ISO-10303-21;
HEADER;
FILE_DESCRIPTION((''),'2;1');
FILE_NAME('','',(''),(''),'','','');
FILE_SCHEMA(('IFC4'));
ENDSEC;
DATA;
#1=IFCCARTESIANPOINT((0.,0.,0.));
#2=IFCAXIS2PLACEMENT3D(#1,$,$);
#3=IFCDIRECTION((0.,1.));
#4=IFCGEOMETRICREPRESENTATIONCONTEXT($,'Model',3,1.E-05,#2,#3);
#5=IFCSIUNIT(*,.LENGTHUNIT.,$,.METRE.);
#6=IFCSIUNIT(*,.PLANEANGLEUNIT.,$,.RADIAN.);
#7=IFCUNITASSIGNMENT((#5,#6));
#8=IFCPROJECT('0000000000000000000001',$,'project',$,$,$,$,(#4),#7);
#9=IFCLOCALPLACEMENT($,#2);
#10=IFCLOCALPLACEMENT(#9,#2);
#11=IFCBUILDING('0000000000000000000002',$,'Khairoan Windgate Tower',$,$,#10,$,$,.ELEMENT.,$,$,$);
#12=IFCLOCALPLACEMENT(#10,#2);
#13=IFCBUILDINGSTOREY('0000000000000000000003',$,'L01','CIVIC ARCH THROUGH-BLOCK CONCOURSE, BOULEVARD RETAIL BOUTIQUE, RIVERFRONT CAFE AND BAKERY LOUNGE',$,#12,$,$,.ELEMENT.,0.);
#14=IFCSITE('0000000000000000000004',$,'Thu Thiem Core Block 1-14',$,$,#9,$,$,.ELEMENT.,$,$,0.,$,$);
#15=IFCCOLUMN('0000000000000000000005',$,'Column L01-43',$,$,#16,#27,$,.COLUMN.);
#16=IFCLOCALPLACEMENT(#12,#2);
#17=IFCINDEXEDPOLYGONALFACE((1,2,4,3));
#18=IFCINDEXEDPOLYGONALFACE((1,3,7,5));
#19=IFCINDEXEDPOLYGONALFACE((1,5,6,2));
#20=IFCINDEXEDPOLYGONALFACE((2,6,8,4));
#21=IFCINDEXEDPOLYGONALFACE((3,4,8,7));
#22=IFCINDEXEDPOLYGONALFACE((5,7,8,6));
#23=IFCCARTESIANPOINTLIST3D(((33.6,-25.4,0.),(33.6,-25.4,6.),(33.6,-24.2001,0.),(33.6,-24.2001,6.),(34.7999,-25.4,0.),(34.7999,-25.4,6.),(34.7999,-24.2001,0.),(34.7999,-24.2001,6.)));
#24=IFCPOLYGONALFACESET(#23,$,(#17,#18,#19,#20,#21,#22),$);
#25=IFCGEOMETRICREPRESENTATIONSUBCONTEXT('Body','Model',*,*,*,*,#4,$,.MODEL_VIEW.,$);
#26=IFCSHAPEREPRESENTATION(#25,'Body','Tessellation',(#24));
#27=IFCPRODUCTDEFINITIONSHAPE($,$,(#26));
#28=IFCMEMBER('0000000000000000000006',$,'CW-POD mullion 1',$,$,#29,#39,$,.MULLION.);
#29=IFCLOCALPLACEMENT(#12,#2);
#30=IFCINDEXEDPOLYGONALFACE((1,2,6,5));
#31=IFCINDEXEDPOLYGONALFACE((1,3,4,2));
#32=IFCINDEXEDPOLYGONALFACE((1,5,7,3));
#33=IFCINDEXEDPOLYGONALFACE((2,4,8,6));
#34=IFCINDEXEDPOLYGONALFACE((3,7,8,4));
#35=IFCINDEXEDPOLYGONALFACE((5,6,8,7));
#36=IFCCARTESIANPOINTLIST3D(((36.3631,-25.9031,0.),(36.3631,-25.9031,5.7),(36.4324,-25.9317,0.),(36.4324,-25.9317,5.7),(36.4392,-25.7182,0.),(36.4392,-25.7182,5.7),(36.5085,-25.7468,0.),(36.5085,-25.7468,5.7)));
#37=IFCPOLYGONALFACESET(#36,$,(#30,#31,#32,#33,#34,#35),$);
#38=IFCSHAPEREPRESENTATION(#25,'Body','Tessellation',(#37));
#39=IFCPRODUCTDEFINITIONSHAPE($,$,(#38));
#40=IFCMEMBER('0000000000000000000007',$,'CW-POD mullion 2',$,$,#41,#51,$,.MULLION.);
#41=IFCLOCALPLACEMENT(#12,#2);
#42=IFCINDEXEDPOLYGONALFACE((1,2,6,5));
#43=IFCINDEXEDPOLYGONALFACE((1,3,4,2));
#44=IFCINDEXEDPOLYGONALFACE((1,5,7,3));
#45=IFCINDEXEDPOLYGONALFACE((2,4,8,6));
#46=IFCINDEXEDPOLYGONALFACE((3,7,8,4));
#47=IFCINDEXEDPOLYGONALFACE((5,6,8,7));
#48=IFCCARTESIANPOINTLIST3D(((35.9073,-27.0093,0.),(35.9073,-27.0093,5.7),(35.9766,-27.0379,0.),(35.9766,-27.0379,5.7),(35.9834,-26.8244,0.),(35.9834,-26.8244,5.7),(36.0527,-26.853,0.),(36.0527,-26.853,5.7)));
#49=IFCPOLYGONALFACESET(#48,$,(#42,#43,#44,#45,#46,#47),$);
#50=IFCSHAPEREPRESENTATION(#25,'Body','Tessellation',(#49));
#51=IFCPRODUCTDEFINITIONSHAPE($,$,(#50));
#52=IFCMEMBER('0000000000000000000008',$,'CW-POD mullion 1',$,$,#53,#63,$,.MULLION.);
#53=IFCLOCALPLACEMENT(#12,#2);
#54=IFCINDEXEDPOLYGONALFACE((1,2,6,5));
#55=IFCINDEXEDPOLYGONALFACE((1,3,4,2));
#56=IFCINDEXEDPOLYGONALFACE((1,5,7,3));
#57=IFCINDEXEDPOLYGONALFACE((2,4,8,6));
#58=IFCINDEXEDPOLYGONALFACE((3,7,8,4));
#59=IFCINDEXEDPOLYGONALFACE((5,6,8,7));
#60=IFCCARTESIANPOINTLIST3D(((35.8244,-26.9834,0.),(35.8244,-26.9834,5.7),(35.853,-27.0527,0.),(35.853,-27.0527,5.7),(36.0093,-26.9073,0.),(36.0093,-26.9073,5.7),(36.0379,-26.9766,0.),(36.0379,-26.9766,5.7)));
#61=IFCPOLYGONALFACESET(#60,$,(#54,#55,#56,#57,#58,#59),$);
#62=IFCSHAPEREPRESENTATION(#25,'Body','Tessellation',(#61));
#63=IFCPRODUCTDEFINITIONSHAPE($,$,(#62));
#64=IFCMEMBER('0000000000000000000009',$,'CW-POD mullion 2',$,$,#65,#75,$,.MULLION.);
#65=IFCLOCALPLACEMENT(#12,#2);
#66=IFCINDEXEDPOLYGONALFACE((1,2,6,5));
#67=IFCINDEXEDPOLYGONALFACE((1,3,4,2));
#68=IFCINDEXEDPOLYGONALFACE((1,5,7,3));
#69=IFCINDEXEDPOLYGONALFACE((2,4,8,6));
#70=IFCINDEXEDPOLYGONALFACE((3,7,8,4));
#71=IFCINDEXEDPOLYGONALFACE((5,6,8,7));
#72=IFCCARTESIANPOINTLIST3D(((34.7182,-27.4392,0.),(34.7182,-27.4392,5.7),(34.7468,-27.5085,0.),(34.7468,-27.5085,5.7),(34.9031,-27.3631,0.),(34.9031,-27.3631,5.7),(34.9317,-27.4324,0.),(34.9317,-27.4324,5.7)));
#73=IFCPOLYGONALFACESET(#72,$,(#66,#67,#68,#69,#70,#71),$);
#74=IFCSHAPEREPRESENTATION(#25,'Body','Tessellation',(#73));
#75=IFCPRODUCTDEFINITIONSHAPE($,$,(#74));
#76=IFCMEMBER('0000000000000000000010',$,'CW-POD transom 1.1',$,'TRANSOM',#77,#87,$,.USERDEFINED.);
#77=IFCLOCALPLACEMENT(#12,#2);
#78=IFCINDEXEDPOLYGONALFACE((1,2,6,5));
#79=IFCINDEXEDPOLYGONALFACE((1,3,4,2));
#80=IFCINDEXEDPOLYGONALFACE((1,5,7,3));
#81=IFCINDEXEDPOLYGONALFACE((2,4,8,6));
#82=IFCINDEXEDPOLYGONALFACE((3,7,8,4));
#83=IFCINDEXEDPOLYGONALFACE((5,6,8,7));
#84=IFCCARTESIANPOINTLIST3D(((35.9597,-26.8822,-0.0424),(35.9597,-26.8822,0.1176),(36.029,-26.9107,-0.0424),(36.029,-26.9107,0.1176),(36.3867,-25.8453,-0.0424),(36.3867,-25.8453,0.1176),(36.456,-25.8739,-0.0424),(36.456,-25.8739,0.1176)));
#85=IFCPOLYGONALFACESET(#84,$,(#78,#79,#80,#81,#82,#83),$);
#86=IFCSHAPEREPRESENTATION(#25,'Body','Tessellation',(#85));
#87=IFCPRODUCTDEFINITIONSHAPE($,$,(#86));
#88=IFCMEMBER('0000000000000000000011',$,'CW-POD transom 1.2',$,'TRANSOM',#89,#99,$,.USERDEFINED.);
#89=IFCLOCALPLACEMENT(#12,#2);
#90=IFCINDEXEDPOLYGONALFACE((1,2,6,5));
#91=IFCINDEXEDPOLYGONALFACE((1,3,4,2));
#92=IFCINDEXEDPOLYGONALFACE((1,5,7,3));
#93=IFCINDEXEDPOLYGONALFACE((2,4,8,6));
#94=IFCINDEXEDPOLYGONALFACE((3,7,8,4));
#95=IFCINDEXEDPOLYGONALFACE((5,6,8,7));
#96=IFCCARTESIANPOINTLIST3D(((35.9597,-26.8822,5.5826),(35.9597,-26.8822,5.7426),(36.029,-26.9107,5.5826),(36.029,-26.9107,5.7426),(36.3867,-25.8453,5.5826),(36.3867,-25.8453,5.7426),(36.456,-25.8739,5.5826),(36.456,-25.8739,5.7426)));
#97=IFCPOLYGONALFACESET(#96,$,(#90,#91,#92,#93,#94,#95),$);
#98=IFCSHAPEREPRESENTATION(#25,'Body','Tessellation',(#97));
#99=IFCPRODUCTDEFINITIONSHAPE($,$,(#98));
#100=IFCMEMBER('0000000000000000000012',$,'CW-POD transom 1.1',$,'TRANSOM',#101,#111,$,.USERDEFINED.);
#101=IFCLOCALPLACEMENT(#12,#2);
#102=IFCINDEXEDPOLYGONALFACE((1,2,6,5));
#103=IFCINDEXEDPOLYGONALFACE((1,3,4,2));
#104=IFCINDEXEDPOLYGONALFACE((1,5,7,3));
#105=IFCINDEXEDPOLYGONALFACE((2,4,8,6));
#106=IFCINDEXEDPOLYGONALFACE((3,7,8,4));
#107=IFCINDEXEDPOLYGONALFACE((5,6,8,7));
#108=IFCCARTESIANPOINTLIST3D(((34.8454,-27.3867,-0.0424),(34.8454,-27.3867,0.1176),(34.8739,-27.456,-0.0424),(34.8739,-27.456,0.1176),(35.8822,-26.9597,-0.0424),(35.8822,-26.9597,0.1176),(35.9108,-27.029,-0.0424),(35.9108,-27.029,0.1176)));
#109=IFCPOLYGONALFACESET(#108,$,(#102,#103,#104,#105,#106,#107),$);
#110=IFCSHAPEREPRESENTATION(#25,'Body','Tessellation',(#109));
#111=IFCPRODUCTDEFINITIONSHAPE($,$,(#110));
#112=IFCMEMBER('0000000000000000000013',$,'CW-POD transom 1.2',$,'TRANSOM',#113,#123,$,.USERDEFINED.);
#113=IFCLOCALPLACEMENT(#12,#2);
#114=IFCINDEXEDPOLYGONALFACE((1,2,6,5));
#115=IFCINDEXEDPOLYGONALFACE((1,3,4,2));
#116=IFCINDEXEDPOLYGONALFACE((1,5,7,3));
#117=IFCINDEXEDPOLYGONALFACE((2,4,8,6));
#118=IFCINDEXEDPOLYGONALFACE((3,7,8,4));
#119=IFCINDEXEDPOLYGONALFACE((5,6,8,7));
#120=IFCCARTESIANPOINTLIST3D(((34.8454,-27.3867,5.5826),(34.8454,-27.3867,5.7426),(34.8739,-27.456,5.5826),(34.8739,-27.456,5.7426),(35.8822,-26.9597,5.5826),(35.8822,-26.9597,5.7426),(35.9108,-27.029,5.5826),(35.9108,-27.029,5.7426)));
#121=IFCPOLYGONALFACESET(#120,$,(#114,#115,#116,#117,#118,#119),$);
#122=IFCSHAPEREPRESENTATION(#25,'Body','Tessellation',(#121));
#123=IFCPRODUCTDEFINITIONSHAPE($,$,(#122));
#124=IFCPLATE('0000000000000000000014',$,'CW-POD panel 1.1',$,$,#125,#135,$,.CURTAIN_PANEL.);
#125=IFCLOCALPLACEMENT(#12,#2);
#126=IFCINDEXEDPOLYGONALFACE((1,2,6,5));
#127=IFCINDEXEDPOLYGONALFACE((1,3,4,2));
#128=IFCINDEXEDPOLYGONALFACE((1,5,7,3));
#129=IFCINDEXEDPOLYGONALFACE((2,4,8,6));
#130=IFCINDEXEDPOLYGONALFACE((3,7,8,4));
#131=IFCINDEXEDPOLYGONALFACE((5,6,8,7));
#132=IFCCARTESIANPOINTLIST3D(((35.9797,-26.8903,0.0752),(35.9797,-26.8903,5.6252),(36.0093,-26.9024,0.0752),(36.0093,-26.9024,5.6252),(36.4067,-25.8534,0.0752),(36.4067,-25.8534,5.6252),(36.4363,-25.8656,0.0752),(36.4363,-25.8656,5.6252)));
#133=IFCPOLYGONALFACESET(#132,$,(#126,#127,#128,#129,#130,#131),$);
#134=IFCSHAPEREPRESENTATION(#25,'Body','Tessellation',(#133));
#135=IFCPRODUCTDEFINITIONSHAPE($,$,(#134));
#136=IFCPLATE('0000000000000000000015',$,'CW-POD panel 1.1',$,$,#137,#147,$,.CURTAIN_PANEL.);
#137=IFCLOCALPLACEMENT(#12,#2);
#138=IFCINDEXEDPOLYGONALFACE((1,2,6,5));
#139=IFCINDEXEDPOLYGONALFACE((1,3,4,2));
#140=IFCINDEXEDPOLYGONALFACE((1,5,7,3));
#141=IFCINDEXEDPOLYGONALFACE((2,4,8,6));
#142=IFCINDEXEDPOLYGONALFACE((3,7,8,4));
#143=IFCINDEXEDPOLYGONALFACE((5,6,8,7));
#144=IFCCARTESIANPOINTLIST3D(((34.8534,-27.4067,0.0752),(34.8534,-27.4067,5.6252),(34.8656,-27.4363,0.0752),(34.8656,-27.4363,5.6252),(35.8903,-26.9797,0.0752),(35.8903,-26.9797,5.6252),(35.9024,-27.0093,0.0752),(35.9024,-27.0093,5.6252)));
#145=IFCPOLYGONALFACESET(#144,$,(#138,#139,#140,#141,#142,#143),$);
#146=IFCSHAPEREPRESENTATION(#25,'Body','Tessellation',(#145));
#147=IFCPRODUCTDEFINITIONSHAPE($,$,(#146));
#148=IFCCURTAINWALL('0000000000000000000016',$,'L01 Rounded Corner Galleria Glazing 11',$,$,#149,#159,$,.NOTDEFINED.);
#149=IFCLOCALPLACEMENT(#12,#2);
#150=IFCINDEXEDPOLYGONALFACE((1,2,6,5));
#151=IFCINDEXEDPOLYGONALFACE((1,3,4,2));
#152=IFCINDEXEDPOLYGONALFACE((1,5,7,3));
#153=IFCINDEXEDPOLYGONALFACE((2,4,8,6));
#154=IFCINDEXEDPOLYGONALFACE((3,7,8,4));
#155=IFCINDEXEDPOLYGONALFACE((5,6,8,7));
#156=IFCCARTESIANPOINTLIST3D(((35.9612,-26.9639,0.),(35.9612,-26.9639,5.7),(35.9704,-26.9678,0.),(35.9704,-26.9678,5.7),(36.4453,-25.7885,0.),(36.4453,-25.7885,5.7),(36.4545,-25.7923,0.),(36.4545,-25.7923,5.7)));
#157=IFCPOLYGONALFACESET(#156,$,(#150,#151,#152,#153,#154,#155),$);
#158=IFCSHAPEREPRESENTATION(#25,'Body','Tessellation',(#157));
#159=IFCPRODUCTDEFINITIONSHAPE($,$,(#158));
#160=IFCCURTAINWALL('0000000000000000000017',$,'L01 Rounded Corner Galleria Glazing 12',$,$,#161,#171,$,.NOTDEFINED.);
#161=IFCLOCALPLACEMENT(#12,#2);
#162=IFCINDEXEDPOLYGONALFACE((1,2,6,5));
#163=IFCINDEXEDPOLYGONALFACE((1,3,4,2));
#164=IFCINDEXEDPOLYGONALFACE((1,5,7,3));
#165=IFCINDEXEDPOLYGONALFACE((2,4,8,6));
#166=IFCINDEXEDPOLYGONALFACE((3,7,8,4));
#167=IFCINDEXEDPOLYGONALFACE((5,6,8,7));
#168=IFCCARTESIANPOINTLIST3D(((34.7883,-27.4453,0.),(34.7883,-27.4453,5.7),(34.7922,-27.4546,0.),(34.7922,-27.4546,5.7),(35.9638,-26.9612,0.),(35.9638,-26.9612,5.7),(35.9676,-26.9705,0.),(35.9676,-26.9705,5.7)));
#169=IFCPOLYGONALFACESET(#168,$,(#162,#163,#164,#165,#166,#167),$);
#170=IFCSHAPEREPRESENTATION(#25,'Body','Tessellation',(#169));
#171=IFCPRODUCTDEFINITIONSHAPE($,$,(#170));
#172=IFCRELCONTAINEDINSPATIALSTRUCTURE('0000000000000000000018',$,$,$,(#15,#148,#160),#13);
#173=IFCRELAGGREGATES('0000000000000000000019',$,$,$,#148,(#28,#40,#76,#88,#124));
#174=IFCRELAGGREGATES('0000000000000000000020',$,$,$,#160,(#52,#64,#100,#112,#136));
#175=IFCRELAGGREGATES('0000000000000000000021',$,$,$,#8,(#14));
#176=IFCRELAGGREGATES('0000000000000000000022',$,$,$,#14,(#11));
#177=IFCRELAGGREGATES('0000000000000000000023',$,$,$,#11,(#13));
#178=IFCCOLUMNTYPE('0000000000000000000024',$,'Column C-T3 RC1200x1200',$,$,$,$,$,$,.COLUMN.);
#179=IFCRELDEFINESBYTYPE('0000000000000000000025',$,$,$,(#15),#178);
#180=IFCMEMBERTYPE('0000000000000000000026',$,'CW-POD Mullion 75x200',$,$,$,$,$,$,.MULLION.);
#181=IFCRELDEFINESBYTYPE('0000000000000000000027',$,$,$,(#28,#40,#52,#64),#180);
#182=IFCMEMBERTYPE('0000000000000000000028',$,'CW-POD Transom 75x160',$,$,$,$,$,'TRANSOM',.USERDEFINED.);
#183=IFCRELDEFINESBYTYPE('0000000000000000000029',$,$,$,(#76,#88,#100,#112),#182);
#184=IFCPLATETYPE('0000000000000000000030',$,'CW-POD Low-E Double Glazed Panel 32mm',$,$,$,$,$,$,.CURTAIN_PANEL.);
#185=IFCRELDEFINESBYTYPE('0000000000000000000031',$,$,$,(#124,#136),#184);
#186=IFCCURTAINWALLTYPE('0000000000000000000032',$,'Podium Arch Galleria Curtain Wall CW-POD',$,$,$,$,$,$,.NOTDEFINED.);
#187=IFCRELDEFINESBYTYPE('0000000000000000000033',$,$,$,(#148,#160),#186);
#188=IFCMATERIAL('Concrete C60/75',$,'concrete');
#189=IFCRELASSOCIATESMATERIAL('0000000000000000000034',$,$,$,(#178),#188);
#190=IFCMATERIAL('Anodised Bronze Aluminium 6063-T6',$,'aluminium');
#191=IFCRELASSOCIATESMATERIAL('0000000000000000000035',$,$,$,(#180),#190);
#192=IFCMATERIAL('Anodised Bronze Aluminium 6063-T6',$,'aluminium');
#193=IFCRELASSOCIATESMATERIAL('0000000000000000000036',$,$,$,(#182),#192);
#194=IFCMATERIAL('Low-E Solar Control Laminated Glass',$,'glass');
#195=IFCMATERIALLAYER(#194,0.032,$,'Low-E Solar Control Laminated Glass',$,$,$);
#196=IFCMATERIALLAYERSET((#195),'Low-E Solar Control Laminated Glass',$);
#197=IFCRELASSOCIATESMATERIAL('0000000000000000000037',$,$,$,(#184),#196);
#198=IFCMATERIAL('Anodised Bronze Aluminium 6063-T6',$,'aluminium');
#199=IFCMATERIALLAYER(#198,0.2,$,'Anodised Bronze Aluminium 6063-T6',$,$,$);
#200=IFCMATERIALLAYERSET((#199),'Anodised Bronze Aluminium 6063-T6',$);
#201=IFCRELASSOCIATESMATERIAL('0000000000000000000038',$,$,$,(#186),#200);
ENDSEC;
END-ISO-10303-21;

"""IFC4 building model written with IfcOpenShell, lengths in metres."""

from ifc_helpers import new_model, si_unit, direction, frame, frame_2d, origin, origin_2d, place, context, subcontext, project, spatial, rectangle, extrude, material, layer, layer_set, material_profile, profile_set, type_object, element, aggregate, save


model = new_model("IFC4")

# Units and contexts
model_context = context("Model", 3, precision=1e-05, world=origin(), true_north=direction((0.0, 1.0)))
body_context = subcontext(model_context, "Body", "Model", "MODEL_VIEW")
ifc_project = project(units=[si_unit("LENGTHUNIT", "METRE"), si_unit("PLANEANGLEUNIT", "RADIAN")], contexts=[model_context])

# Site, building, storey
site_placement = place(None, origin())
site = spatial("IfcSite", under=ifc_project, at=site_placement, Name="Thu Thiem Core Block 1-14", CompositionType="ELEMENT", RefElevation=0.0)
building_placement = place(site_placement, origin())
building = spatial("IfcBuilding", under=site, at=building_placement, Name="Khairoan Windgate Tower", CompositionType="ELEMENT")
storey_placement = place(building_placement, origin())
storey = spatial("IfcBuildingStorey", under=building, at=storey_placement, Name="L01", Description="CIVIC ARCH THROUGH-BLOCK CONCOURSE, BOULEVARD RETAIL BOUTIQUE, RIVERFRONT CAFE AND BAKERY LOUNGE", CompositionType="ELEMENT", Elevation=0.0)

# Column
ifc_material_1 = material(Name="Concrete C60/75", Category="concrete")
ifc_material_profile_1 = material_profile(ifc_material_1, rectangle(XDim=1.2, YDim=1.2, at=origin_2d()))
ifc_profile_set_1 = profile_set([ifc_material_profile_1], Name="Concrete C60/75")
column_type = type_object("IfcColumnType", Name="Column C-T3 RC1200x1200", PredefinedType="COLUMN", material=ifc_profile_set_1)
column_placement = place(storey_placement, frame((34.2, -24.8, 0.0), z_axis=(0.0, 0.0, 1.0), x_axis=(1.0, 0.0, 0.0)))
element("IfcColumn", 1, at=column_placement, inside=storey, type_object=column_type, Name="Column L01-43", PredefinedType="COLUMN", context=body_context, shape_type="SweptSolid", body=[
    extrude(rectangle(XDim=1.2, YDim=1.2, at=origin_2d()), origin(), (0.0, 0.0, 1.0), 6.0),
])

# Members
ifc_material_2 = material(Name="Anodised Bronze Aluminium 6063-T6", Category="aluminium")
ifc_material_profile_2 = material_profile(ifc_material_2, rectangle(XDim=0.075, YDim=0.2, at=origin_2d()))
ifc_profile_set_2 = profile_set([ifc_material_profile_2], Name="Anodised Bronze Aluminium 6063-T6")
member_type_1 = type_object("IfcMemberType", Name="CW-POD Mullion 75x200", PredefinedType="MULLION", material=ifc_profile_set_2)
member_1_placement = place(storey_placement, frame((36.4358, -25.825, 0.0), z_axis=(0.0, 0.0, 1.0), x_axis=(0.924642, -0.380837, 0.0)))
member_1 = element("IfcMember", 2, at=member_1_placement, type_object=member_type_1, Name="CW-POD mullion 1", PredefinedType="MULLION", context=body_context, shape_type="SweptSolid", body=[
    extrude(rectangle(XDim=0.075, YDim=0.2, at=origin_2d()), origin(), (0.0, 0.0, 1.0), 5.7),
])
member_2_placement = place(storey_placement, frame((35.98, -26.9312, 0.0), z_axis=(0.0, 0.0, 1.0), x_axis=(0.924642, -0.380837, 0.0)))
member_2 = element("IfcMember", 3, at=member_2_placement, type_object=member_type_1, Name="CW-POD mullion 2", PredefinedType="MULLION", context=body_context, shape_type="SweptSolid", body=[
    extrude(rectangle(XDim=0.075, YDim=0.2, at=origin_2d()), origin(), (0.0, 0.0, 1.0), 5.7),
])
member_3_placement = place(storey_placement, frame((35.9312, -26.98, 0.0), z_axis=(0.0, 0.0, 1.0), x_axis=(0.380837, -0.924642, 0.0)))
member_3 = element("IfcMember", 4, at=member_3_placement, type_object=member_type_1, Name="CW-POD mullion 1", PredefinedType="MULLION", context=body_context, shape_type="SweptSolid", body=[
    extrude(rectangle(XDim=0.075, YDim=0.2, at=origin_2d()), origin(), (0.0, 0.0, 1.0), 5.7),
])
member_4_placement = place(storey_placement, frame((34.825, -27.4358, 0.0), z_axis=(0.0, 0.0, 1.0), x_axis=(0.380837, -0.924642, 0.0)))
member_4 = element("IfcMember", 5, at=member_4_placement, type_object=member_type_1, Name="CW-POD mullion 2", PredefinedType="MULLION", context=body_context, shape_type="SweptSolid", body=[
    extrude(rectangle(XDim=0.075, YDim=0.2, at=origin_2d()), origin(), (0.0, 0.0, 1.0), 5.7),
])
ifc_material_3 = material(Name="Anodised Bronze Aluminium 6063-T6", Category="aluminium")
ifc_material_profile_3 = material_profile(ifc_material_3, rectangle(XDim=0.075, YDim=0.1599, at=origin_2d()))
ifc_profile_set_3 = profile_set([ifc_material_profile_3], Name="Anodised Bronze Aluminium 6063-T6")
member_type_2 = type_object("IfcMemberType", Name="CW-POD Transom 75x160", ElementType="TRANSOM", PredefinedType="USERDEFINED", material=ifc_profile_set_3)
member_5_placement = place(storey_placement, frame((36.4214, -25.8596, 0.0376), z_axis=(-0.380794, -0.92466, 0.0), x_axis=(0.92466, -0.380794, 0.0)))
member_5 = element("IfcMember", 6, at=member_5_placement, type_object=member_type_2, Name="CW-POD transom 1.1", ObjectType="TRANSOM", PredefinedType="USERDEFINED", context=body_context, shape_type="SweptSolid", body=[
    extrude(rectangle(XDim=0.075, YDim=0.1599, at=origin_2d()), origin(), (0.0, 0.0, 1.0), 1.1213),
])
member_6_placement = place(storey_placement, frame((36.4214, -25.8596, 5.6626), z_axis=(-0.380794, -0.92466, 0.0), x_axis=(0.92466, -0.380794, 0.0)))
member_6 = element("IfcMember", 7, at=member_6_placement, type_object=member_type_2, Name="CW-POD transom 1.2", ObjectType="TRANSOM", PredefinedType="USERDEFINED", context=body_context, shape_type="SweptSolid", body=[
    extrude(rectangle(XDim=0.075, YDim=0.1599, at=origin_2d()), origin(), (0.0, 0.0, 1.0), 1.1213),
])
member_7_placement = place(storey_placement, frame((35.8965, -26.9944, 0.0376), z_axis=(-0.92466, -0.380794, 0.0), x_axis=(0.380794, -0.92466, 0.0)))
member_7 = element("IfcMember", 8, at=member_7_placement, type_object=member_type_2, Name="CW-POD transom 1.1", ObjectType="TRANSOM", PredefinedType="USERDEFINED", context=body_context, shape_type="SweptSolid", body=[
    extrude(rectangle(XDim=0.075, YDim=0.1599, at=origin_2d()), origin(), (0.0, 0.0, 1.0), 1.1213),
])
member_8_placement = place(storey_placement, frame((35.8965, -26.9944, 5.6626), z_axis=(-0.92466, -0.380794, 0.0), x_axis=(0.380794, -0.92466, 0.0)))
member_8 = element("IfcMember", 9, at=member_8_placement, type_object=member_type_2, Name="CW-POD transom 1.2", ObjectType="TRANSOM", PredefinedType="USERDEFINED", context=body_context, shape_type="SweptSolid", body=[
    extrude(rectangle(XDim=0.075, YDim=0.1599, at=origin_2d()), origin(), (0.0, 0.0, 1.0), 1.1213),
])

# Plates
ifc_material_4 = material(Name="Low-E Solar Control Laminated Glass", Category="glass")
ifc_layer_1 = layer(ifc_material_4, 0.032, Name="Low-E Solar Control Laminated Glass")
ifc_layer_set_1 = layer_set([ifc_layer_1], Name="Low-E Solar Control Laminated Glass")
plate_type = type_object("IfcPlateType", Name="CW-POD Low-E Double Glazed Panel 32mm", PredefinedType="CURTAIN_PANEL", material=ifc_layer_set_1)
plate_1_placement = place(storey_placement, frame((36.208, -26.3779, 0.0752), z_axis=(0.0, 0.0, 1.0), x_axis=(-0.380837, -0.924642, 0.0)))
plate_1 = element("IfcPlate", 10, at=plate_1_placement, type_object=plate_type, Name="CW-POD panel 1.1", PredefinedType="CURTAIN_PANEL", context=body_context, shape_type="SweptSolid", body=[
    extrude(rectangle(XDim=1.1213, YDim=0.032, at=origin_2d()), origin(), (0.0, 0.0, 1.0), 5.55),
])
plate_2_placement = place(storey_placement, frame((35.3779, -27.208, 0.0752), z_axis=(0.0, 0.0, 1.0), x_axis=(-0.924642, -0.380837, 0.0)))
plate_2 = element("IfcPlate", 11, at=plate_2_placement, type_object=plate_type, Name="CW-POD panel 1.1", PredefinedType="CURTAIN_PANEL", context=body_context, shape_type="SweptSolid", body=[
    extrude(rectangle(XDim=1.1213, YDim=0.032, at=origin_2d()), origin(), (0.0, 0.0, 1.0), 5.55),
])

# Curtain walls
ifc_material_5 = material(Name="Anodised Bronze Aluminium 6063-T6", Category="aluminium")
ifc_layer_2 = layer(ifc_material_5, 0.2, Name="Anodised Bronze Aluminium 6063-T6")
ifc_layer_set_2 = layer_set([ifc_layer_2], Name="Anodised Bronze Aluminium 6063-T6")
curtain_wall_type = type_object("IfcCurtainWallType", Name="Podium Arch Galleria Curtain Wall CW-POD", PredefinedType="NOTDEFINED", material=ifc_layer_set_2)
curtain_wall_1_placement = place(storey_placement, frame((36.45, -25.7903, 0.0), z_axis=(0.0, 0.0, 1.0), x_axis=(-0.380808, -0.924654, 0.0)))
curtain_wall_1 = element("IfcCurtainWall", 12, at=curtain_wall_1_placement, inside=storey, type_object=curtain_wall_type, Name="L01 Rounded Corner Galleria Glazing 11", PredefinedType="NOTDEFINED", context=body_context, shape_type="SweptSolid", body=[
    extrude(rectangle(XDim=1.2712, YDim=0.01, at=frame_2d((0.6357, 0.0))), origin(), (0.0, 0.0, 1.0), 5.7),
])
aggregate(curtain_wall_1, [member_1, member_2, member_5, member_6, plate_1])
curtain_wall_2_placement = place(storey_placement, frame((35.9658, -26.9658, 0.0), z_axis=(0.0, 0.0, 1.0), x_axis=(-0.924654, -0.380808, 0.0)))
curtain_wall_2 = element("IfcCurtainWall", 13, at=curtain_wall_2_placement, inside=storey, type_object=curtain_wall_type, Name="L01 Rounded Corner Galleria Glazing 12", PredefinedType="NOTDEFINED", context=body_context, shape_type="SweptSolid", body=[
    extrude(rectangle(XDim=1.2712, YDim=0.01, at=frame_2d((0.6357, 0.0))), origin(), (0.0, 0.0, 1.0), 5.7),
])
aggregate(curtain_wall_2, [member_3, member_4, member_7, member_8, plate_2])

save(model, "model.ifc")
